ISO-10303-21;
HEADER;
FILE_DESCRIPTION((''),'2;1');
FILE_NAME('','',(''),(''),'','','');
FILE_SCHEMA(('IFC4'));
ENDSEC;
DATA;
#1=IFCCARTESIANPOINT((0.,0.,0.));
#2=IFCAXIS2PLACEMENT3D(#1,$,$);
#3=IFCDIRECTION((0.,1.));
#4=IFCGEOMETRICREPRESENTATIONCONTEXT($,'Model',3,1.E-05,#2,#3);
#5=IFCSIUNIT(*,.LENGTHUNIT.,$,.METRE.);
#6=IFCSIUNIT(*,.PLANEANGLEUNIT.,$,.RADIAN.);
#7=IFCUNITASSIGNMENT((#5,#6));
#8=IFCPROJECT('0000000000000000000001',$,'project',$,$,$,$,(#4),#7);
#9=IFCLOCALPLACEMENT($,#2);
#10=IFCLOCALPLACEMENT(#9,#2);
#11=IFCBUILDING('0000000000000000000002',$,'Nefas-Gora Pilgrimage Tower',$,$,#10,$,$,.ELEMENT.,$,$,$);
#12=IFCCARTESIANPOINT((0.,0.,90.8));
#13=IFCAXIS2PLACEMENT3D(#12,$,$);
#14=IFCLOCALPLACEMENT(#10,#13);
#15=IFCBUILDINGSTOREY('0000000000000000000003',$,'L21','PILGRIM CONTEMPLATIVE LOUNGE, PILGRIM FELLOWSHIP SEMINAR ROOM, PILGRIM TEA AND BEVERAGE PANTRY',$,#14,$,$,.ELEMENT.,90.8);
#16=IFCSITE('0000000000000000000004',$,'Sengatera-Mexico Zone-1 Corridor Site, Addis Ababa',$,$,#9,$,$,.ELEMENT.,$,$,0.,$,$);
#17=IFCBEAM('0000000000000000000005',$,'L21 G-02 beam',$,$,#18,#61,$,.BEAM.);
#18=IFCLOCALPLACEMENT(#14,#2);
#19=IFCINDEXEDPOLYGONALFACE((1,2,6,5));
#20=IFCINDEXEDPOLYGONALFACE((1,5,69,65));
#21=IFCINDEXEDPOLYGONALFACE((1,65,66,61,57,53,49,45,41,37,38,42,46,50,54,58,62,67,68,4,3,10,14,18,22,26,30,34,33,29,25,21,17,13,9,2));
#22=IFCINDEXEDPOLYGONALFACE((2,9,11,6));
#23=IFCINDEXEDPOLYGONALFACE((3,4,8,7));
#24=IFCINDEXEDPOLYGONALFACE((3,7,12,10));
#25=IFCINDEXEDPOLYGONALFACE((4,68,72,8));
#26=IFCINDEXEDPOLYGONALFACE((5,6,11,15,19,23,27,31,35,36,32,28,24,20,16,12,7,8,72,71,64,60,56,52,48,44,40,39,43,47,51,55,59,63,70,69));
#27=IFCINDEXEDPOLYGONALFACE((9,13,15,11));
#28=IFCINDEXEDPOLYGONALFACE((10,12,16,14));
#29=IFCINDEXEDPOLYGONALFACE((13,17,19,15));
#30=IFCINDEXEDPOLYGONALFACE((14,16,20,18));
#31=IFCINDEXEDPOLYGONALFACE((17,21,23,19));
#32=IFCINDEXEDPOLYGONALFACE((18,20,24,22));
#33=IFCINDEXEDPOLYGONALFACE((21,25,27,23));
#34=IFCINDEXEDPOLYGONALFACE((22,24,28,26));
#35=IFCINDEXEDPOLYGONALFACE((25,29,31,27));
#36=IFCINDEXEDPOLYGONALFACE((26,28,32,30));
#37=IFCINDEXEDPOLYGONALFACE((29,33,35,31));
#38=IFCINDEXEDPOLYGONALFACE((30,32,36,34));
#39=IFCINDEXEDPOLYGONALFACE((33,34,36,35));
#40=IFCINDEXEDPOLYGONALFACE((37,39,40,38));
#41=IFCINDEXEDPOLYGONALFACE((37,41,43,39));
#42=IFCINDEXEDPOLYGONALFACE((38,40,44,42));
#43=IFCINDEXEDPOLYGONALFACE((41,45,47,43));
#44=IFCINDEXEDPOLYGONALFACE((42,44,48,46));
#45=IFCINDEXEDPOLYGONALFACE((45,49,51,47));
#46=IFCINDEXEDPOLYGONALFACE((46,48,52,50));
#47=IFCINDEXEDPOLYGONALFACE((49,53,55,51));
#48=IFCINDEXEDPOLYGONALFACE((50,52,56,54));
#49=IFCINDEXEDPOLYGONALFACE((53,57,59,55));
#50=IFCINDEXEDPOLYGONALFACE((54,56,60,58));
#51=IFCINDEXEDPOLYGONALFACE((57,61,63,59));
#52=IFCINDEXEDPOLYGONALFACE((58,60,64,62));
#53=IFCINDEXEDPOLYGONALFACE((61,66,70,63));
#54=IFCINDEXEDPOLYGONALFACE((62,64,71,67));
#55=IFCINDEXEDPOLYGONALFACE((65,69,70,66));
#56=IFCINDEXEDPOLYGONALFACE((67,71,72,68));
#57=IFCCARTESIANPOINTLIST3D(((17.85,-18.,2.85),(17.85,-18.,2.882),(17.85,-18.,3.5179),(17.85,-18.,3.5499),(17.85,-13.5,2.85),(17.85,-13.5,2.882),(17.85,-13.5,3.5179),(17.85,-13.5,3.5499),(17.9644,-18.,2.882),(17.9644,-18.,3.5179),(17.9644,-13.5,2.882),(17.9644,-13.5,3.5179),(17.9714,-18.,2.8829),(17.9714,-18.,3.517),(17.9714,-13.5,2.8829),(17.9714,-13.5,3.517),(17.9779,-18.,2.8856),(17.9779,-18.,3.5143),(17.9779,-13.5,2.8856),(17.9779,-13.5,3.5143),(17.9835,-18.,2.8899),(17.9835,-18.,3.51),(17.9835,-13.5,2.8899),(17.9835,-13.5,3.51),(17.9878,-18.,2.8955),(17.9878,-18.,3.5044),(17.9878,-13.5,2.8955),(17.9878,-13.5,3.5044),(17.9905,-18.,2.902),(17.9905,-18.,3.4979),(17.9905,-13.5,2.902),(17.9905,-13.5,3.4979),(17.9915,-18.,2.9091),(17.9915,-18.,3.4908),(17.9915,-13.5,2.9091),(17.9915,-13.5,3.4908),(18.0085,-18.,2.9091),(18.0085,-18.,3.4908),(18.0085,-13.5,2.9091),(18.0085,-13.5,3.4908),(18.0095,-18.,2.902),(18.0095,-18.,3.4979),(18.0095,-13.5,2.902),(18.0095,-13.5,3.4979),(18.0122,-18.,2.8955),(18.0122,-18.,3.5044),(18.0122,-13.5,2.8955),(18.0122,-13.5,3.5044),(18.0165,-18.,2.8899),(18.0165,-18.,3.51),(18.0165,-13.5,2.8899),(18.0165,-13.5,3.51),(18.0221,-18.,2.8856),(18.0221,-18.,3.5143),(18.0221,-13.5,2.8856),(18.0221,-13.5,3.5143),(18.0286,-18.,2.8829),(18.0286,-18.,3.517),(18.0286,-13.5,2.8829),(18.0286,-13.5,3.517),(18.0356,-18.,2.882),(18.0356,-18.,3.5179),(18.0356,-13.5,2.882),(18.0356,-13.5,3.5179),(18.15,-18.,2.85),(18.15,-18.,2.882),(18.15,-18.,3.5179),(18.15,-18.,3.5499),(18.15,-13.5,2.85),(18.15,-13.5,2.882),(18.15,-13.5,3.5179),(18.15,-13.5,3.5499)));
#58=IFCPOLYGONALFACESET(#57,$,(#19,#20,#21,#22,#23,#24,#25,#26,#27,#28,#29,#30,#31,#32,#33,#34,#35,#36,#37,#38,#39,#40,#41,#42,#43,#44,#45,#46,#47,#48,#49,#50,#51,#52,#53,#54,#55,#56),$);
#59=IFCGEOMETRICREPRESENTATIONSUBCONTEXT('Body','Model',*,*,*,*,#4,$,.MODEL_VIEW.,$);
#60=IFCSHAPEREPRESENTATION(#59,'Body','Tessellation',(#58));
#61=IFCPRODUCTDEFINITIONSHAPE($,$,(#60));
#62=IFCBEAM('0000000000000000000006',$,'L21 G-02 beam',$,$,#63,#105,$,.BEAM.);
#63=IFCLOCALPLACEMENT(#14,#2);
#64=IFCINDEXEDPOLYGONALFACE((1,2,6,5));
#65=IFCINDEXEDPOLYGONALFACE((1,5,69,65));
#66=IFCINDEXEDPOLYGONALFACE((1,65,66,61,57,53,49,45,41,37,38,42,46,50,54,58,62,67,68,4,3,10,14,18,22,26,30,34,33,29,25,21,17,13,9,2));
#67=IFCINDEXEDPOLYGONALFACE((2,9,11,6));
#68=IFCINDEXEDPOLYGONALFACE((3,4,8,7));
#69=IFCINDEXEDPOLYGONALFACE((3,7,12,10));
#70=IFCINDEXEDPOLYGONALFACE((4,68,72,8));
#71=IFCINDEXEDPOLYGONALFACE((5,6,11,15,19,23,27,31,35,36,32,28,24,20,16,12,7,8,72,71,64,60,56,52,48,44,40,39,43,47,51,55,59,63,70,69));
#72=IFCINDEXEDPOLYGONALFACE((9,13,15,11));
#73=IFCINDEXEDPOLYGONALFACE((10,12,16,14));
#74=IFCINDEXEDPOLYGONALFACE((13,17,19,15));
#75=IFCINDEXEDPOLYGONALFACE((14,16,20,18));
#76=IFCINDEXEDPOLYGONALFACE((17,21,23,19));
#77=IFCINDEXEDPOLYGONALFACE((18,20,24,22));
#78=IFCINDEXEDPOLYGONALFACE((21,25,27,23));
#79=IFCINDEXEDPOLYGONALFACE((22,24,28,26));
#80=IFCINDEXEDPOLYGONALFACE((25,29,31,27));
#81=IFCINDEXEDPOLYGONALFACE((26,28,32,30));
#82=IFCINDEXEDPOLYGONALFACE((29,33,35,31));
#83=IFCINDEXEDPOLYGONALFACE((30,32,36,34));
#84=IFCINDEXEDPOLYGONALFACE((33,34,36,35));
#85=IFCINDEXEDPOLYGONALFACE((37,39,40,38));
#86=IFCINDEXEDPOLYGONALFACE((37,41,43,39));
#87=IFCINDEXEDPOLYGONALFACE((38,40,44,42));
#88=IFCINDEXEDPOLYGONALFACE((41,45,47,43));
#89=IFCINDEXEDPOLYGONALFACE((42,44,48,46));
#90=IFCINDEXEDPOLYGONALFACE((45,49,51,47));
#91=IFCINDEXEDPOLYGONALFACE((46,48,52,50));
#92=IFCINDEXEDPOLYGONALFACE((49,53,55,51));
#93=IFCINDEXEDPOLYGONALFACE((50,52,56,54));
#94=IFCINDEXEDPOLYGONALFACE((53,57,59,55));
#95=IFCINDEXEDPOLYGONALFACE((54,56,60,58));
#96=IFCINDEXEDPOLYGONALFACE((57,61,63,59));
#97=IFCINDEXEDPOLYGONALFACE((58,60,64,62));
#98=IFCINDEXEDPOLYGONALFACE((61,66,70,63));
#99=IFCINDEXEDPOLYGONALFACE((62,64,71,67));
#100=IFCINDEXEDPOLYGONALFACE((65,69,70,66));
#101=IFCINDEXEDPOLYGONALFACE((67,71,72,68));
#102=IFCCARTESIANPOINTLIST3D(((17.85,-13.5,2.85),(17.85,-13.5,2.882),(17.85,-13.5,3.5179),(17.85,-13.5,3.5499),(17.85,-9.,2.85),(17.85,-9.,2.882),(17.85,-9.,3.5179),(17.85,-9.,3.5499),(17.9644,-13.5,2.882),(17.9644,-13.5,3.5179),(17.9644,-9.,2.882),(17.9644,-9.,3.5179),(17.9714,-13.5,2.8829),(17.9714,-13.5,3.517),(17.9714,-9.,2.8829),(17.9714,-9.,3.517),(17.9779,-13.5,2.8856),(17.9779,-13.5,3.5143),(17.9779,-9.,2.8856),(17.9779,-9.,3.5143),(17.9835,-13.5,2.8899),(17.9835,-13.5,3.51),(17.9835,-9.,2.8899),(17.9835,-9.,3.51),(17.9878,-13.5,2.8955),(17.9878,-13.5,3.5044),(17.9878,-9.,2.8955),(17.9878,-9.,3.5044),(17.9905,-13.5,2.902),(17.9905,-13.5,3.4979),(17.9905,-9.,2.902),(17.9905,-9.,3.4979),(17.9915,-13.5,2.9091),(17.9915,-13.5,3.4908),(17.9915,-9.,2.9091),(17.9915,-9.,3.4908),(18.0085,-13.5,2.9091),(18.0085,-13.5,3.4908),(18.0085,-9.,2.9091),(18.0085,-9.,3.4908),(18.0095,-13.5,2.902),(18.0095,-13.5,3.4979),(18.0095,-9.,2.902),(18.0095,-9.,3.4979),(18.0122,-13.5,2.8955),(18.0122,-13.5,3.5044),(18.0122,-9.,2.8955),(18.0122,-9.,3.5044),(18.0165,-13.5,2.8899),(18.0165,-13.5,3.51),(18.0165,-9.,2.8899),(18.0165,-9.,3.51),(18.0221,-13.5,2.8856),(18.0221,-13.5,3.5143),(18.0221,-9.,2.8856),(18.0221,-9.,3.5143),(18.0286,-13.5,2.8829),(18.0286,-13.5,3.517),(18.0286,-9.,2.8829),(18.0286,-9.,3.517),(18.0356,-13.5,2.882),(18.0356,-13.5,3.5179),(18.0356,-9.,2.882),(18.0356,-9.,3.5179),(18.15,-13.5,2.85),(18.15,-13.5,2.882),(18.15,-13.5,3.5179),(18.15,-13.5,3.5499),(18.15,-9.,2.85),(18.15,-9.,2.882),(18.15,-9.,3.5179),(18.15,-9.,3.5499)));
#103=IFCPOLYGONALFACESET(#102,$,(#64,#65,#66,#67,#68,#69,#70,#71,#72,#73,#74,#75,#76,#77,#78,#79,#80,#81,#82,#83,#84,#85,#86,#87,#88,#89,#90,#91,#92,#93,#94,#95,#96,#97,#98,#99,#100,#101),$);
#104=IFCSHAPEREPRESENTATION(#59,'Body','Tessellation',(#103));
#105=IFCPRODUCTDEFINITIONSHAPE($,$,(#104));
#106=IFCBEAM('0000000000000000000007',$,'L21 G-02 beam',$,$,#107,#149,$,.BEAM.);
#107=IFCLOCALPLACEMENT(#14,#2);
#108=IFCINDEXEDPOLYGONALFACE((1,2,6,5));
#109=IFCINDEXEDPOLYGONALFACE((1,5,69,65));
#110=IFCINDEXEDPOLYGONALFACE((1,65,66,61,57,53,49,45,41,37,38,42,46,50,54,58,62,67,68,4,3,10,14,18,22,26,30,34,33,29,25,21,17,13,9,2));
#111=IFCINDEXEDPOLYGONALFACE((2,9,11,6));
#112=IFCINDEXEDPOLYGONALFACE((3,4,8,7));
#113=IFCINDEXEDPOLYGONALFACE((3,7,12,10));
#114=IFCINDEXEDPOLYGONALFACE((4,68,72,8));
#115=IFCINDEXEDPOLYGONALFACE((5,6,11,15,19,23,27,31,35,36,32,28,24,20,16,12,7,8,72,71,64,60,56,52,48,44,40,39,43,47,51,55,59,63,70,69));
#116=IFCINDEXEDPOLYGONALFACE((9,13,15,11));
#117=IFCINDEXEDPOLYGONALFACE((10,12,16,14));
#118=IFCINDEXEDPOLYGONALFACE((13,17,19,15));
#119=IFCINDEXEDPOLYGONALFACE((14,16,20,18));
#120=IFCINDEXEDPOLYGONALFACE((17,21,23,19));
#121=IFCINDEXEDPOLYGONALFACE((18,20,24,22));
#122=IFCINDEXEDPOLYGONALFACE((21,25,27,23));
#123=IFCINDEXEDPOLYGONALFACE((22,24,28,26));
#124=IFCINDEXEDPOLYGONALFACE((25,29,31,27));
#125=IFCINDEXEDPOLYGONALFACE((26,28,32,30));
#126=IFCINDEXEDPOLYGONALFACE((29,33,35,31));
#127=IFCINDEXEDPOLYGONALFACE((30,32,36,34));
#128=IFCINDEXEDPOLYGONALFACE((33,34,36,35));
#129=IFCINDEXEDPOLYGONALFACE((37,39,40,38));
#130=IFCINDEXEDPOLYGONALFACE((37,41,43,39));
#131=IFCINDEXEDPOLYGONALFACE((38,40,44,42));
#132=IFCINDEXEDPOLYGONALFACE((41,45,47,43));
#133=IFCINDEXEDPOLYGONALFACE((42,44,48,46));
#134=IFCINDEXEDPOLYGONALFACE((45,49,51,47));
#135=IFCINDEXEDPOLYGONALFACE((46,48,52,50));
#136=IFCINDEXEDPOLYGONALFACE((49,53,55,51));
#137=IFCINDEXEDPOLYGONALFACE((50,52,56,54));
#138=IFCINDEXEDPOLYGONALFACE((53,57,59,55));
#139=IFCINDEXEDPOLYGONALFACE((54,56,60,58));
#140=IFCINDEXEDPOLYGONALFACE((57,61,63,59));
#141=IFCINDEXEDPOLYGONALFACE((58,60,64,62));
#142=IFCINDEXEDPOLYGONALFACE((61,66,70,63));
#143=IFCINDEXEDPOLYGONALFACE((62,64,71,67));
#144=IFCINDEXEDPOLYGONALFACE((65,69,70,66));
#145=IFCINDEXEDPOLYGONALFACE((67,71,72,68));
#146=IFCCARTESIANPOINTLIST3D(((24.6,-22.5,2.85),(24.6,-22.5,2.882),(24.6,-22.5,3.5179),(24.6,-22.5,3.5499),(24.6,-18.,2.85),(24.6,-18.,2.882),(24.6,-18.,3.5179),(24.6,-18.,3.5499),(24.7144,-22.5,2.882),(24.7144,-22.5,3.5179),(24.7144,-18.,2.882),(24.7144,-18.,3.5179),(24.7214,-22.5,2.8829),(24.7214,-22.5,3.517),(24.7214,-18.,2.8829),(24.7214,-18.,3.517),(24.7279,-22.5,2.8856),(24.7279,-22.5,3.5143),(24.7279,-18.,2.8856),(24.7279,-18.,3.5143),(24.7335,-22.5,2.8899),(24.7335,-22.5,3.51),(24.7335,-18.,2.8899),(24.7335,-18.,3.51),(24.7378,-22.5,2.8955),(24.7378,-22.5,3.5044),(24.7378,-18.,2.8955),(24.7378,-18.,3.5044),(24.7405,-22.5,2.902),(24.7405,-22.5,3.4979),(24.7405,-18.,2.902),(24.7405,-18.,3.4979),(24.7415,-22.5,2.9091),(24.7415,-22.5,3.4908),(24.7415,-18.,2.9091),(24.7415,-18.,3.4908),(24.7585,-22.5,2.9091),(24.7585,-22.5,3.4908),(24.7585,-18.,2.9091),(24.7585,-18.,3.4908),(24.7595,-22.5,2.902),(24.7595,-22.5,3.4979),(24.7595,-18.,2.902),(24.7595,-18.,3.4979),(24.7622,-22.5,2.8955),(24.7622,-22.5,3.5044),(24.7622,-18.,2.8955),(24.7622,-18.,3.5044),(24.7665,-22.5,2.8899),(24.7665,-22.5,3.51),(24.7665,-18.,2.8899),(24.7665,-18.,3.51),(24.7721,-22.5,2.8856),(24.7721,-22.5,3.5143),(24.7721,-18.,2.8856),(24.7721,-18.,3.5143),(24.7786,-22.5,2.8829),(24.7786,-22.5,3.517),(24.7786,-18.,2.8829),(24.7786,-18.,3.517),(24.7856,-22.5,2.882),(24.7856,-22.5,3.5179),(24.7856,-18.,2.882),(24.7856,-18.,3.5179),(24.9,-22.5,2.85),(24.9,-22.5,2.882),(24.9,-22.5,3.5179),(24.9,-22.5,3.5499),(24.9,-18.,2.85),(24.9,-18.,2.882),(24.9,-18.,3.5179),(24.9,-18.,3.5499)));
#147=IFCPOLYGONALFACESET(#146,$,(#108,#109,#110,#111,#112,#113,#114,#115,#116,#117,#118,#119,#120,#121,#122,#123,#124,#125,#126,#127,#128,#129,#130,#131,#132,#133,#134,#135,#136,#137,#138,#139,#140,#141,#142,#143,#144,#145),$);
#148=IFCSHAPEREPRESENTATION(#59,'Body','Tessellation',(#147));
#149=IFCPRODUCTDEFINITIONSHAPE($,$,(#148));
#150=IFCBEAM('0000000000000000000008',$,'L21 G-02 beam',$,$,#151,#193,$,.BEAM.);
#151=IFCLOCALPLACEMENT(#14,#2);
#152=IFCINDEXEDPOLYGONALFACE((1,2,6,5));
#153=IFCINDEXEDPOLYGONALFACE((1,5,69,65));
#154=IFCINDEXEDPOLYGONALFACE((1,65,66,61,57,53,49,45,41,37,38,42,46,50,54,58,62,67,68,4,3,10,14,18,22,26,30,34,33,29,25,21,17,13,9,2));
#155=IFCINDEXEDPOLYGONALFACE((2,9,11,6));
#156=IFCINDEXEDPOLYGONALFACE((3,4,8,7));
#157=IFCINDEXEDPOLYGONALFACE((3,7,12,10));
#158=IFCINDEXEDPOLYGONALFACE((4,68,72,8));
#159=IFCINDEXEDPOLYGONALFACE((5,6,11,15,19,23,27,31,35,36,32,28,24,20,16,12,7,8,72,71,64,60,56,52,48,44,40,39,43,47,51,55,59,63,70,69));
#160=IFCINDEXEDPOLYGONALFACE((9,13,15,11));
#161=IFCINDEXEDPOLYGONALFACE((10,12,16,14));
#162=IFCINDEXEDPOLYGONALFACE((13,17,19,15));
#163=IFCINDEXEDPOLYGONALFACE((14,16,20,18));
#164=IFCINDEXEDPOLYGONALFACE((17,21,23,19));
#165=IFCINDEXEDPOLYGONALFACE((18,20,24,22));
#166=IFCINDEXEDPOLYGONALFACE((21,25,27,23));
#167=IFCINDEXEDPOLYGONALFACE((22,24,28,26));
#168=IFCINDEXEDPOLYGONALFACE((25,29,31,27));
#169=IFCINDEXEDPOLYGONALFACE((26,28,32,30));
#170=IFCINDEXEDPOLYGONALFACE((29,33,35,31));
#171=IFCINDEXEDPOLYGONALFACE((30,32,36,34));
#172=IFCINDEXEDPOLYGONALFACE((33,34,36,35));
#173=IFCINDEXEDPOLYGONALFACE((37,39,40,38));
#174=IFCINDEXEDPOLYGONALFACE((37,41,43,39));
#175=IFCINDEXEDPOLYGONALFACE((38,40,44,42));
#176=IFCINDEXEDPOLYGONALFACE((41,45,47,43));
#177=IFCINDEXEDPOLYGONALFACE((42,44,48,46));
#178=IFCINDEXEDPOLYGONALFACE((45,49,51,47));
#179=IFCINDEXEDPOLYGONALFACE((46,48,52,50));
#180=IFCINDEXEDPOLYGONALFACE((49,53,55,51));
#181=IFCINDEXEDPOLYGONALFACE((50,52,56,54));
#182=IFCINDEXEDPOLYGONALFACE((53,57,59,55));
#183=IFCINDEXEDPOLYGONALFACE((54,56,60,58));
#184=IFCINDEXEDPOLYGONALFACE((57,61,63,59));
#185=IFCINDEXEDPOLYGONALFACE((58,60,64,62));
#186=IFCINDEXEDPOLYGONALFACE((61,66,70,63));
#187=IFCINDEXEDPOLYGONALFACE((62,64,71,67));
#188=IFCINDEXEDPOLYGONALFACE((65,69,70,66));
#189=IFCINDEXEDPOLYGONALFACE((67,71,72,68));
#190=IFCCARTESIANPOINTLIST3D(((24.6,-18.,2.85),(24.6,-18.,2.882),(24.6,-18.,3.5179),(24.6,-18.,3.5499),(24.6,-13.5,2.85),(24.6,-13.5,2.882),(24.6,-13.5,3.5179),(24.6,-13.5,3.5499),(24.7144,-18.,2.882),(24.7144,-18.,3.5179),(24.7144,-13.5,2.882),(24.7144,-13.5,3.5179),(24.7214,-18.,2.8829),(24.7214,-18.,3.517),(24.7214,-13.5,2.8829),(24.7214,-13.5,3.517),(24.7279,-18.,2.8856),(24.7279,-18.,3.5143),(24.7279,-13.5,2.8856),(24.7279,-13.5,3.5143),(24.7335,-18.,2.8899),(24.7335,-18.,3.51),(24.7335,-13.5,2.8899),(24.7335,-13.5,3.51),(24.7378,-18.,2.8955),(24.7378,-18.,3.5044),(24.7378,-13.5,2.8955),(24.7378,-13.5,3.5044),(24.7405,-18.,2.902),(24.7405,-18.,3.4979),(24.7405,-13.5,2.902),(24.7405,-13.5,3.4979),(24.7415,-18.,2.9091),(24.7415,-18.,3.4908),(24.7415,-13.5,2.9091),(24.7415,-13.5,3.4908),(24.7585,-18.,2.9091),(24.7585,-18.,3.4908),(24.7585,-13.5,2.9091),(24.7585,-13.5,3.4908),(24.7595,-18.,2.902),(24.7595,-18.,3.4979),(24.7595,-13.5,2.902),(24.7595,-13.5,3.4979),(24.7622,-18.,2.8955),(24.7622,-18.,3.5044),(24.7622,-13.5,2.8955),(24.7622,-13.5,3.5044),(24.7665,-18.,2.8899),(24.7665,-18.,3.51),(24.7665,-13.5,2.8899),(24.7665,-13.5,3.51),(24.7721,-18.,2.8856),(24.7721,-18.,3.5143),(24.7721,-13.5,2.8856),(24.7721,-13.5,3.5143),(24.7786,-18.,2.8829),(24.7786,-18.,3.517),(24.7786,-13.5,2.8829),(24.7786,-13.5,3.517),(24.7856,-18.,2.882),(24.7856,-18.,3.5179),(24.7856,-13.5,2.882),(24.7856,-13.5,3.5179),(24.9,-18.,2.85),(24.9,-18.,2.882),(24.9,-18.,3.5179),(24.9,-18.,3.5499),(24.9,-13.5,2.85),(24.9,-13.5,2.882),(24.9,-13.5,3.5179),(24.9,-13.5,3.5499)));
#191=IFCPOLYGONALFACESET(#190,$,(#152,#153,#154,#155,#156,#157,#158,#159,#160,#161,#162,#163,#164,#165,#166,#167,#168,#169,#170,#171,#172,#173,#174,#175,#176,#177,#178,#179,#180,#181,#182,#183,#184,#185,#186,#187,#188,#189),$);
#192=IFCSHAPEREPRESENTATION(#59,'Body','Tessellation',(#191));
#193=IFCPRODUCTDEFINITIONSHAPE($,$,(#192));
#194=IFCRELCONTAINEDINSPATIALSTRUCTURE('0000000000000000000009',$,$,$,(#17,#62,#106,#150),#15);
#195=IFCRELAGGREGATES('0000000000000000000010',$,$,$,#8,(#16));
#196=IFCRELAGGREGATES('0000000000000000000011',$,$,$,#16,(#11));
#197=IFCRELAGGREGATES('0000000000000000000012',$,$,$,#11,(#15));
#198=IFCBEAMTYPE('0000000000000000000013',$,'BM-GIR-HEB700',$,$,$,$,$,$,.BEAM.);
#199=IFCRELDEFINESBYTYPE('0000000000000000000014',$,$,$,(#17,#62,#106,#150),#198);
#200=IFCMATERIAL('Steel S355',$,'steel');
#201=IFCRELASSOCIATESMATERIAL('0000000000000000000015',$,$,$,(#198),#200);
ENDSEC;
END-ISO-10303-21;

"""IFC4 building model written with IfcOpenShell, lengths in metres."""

from ifc_helpers import new_model, si_unit, direction, frame, origin, origin_2d, place, context, subcontext, project, spatial, i_section, extrude, source, transform, mapped, material, material_profile, profile_set, type_object, element, save


model = new_model("IFC4")

# Units and contexts
model_context = context("Model", 3, precision=1e-05, world=origin(), true_north=direction((0.0, 1.0)))
body_context = subcontext(model_context, "Body", "Model", "MODEL_VIEW")
ifc_project = project(units=[si_unit("LENGTHUNIT", "METRE"), si_unit("PLANEANGLEUNIT", "RADIAN")], contexts=[model_context])

# Site, building, storey
site_placement = place(None, origin())
site = spatial("IfcSite", under=ifc_project, at=site_placement, Name="Sengatera-Mexico Zone-1 Corridor Site, Addis Ababa", CompositionType="ELEMENT", RefElevation=0.0)
building_placement = place(site_placement, origin())
building = spatial("IfcBuilding", under=site, at=building_placement, Name="Nefas-Gora Pilgrimage Tower", CompositionType="ELEMENT")
storey_placement = place(building_placement, frame((0.0, 0.0, 90.8)))
storey = spatial("IfcBuildingStorey", under=building, at=storey_placement, Name="L21", Description="PILGRIM CONTEMPLATIVE LOUNGE, PILGRIM FELLOWSHIP SEMINAR ROOM, PILGRIM TEA AND BEVERAGE PANTRY", CompositionType="ELEMENT", Elevation=90.8)

# Beams
ifc_material_1 = material(Name="Steel S355", Category="steel")
ifc_material_profile_1 = material_profile(ifc_material_1, i_section(OverallWidth=0.3, OverallDepth=0.7, WebThickness=0.0171, FlangeThickness=0.032, FilletRadius=0.0271, at=origin_2d()), Name="HEB 700")
ifc_profile_set_1 = profile_set([ifc_material_profile_1], Name="Steel S355")
beam_type_1 = type_object("IfcBeamType", Name="BM-GIR-HEB700", PredefinedType="BEAM", material=ifc_profile_set_1)
shared_shape_1 = source(origin(), body_context, "Body", "SweptSolid", [
    extrude(i_section(OverallWidth=0.3, OverallDepth=0.7, WebThickness=0.0171, FlangeThickness=0.032, FilletRadius=0.0271, at=origin_2d()), origin(), (0.0, 0.0, 1.0), 4.5),
])
for number, where, z_axis, x_axis, name in (
    (1, (18.0, -18.0, 3.2), (0.0, 1.0, 0.0), (-1.0, 0.0, 0.0), "L21 G-02 beam"),
    (2, (18.0, -13.5, 3.2), (0.0, 1.0, 0.0), (-1.0, 0.0, 0.0), "L21 G-02 beam"),
    (3, (24.75, -22.5, 3.2), (0.0, 1.0, 0.0), (-1.0, 0.0, 0.0), "L21 G-02 beam"),
    (4, (24.75, -18.0, 3.2), (0.0, 1.0, 0.0), (-1.0, 0.0, 0.0), "L21 G-02 beam"),
):
    element("IfcBeam", number, at=place(storey_placement, frame(where, z_axis=z_axis, x_axis=x_axis)), inside=storey, type_object=beam_type_1, Name=name, PredefinedType="BEAM", context=body_context, shape_type="MappedRepresentation", body=[
        mapped(shared_shape_1, transform((0.0, 0.0, 0.0), x_axis=(1.0, 0.0, 0.0), y_axis=(0.0, 1.0, 0.0), z_axis=(0.0, 0.0, 1.0), scale=1.0)),
    ])

save(model, "model.ifc")
